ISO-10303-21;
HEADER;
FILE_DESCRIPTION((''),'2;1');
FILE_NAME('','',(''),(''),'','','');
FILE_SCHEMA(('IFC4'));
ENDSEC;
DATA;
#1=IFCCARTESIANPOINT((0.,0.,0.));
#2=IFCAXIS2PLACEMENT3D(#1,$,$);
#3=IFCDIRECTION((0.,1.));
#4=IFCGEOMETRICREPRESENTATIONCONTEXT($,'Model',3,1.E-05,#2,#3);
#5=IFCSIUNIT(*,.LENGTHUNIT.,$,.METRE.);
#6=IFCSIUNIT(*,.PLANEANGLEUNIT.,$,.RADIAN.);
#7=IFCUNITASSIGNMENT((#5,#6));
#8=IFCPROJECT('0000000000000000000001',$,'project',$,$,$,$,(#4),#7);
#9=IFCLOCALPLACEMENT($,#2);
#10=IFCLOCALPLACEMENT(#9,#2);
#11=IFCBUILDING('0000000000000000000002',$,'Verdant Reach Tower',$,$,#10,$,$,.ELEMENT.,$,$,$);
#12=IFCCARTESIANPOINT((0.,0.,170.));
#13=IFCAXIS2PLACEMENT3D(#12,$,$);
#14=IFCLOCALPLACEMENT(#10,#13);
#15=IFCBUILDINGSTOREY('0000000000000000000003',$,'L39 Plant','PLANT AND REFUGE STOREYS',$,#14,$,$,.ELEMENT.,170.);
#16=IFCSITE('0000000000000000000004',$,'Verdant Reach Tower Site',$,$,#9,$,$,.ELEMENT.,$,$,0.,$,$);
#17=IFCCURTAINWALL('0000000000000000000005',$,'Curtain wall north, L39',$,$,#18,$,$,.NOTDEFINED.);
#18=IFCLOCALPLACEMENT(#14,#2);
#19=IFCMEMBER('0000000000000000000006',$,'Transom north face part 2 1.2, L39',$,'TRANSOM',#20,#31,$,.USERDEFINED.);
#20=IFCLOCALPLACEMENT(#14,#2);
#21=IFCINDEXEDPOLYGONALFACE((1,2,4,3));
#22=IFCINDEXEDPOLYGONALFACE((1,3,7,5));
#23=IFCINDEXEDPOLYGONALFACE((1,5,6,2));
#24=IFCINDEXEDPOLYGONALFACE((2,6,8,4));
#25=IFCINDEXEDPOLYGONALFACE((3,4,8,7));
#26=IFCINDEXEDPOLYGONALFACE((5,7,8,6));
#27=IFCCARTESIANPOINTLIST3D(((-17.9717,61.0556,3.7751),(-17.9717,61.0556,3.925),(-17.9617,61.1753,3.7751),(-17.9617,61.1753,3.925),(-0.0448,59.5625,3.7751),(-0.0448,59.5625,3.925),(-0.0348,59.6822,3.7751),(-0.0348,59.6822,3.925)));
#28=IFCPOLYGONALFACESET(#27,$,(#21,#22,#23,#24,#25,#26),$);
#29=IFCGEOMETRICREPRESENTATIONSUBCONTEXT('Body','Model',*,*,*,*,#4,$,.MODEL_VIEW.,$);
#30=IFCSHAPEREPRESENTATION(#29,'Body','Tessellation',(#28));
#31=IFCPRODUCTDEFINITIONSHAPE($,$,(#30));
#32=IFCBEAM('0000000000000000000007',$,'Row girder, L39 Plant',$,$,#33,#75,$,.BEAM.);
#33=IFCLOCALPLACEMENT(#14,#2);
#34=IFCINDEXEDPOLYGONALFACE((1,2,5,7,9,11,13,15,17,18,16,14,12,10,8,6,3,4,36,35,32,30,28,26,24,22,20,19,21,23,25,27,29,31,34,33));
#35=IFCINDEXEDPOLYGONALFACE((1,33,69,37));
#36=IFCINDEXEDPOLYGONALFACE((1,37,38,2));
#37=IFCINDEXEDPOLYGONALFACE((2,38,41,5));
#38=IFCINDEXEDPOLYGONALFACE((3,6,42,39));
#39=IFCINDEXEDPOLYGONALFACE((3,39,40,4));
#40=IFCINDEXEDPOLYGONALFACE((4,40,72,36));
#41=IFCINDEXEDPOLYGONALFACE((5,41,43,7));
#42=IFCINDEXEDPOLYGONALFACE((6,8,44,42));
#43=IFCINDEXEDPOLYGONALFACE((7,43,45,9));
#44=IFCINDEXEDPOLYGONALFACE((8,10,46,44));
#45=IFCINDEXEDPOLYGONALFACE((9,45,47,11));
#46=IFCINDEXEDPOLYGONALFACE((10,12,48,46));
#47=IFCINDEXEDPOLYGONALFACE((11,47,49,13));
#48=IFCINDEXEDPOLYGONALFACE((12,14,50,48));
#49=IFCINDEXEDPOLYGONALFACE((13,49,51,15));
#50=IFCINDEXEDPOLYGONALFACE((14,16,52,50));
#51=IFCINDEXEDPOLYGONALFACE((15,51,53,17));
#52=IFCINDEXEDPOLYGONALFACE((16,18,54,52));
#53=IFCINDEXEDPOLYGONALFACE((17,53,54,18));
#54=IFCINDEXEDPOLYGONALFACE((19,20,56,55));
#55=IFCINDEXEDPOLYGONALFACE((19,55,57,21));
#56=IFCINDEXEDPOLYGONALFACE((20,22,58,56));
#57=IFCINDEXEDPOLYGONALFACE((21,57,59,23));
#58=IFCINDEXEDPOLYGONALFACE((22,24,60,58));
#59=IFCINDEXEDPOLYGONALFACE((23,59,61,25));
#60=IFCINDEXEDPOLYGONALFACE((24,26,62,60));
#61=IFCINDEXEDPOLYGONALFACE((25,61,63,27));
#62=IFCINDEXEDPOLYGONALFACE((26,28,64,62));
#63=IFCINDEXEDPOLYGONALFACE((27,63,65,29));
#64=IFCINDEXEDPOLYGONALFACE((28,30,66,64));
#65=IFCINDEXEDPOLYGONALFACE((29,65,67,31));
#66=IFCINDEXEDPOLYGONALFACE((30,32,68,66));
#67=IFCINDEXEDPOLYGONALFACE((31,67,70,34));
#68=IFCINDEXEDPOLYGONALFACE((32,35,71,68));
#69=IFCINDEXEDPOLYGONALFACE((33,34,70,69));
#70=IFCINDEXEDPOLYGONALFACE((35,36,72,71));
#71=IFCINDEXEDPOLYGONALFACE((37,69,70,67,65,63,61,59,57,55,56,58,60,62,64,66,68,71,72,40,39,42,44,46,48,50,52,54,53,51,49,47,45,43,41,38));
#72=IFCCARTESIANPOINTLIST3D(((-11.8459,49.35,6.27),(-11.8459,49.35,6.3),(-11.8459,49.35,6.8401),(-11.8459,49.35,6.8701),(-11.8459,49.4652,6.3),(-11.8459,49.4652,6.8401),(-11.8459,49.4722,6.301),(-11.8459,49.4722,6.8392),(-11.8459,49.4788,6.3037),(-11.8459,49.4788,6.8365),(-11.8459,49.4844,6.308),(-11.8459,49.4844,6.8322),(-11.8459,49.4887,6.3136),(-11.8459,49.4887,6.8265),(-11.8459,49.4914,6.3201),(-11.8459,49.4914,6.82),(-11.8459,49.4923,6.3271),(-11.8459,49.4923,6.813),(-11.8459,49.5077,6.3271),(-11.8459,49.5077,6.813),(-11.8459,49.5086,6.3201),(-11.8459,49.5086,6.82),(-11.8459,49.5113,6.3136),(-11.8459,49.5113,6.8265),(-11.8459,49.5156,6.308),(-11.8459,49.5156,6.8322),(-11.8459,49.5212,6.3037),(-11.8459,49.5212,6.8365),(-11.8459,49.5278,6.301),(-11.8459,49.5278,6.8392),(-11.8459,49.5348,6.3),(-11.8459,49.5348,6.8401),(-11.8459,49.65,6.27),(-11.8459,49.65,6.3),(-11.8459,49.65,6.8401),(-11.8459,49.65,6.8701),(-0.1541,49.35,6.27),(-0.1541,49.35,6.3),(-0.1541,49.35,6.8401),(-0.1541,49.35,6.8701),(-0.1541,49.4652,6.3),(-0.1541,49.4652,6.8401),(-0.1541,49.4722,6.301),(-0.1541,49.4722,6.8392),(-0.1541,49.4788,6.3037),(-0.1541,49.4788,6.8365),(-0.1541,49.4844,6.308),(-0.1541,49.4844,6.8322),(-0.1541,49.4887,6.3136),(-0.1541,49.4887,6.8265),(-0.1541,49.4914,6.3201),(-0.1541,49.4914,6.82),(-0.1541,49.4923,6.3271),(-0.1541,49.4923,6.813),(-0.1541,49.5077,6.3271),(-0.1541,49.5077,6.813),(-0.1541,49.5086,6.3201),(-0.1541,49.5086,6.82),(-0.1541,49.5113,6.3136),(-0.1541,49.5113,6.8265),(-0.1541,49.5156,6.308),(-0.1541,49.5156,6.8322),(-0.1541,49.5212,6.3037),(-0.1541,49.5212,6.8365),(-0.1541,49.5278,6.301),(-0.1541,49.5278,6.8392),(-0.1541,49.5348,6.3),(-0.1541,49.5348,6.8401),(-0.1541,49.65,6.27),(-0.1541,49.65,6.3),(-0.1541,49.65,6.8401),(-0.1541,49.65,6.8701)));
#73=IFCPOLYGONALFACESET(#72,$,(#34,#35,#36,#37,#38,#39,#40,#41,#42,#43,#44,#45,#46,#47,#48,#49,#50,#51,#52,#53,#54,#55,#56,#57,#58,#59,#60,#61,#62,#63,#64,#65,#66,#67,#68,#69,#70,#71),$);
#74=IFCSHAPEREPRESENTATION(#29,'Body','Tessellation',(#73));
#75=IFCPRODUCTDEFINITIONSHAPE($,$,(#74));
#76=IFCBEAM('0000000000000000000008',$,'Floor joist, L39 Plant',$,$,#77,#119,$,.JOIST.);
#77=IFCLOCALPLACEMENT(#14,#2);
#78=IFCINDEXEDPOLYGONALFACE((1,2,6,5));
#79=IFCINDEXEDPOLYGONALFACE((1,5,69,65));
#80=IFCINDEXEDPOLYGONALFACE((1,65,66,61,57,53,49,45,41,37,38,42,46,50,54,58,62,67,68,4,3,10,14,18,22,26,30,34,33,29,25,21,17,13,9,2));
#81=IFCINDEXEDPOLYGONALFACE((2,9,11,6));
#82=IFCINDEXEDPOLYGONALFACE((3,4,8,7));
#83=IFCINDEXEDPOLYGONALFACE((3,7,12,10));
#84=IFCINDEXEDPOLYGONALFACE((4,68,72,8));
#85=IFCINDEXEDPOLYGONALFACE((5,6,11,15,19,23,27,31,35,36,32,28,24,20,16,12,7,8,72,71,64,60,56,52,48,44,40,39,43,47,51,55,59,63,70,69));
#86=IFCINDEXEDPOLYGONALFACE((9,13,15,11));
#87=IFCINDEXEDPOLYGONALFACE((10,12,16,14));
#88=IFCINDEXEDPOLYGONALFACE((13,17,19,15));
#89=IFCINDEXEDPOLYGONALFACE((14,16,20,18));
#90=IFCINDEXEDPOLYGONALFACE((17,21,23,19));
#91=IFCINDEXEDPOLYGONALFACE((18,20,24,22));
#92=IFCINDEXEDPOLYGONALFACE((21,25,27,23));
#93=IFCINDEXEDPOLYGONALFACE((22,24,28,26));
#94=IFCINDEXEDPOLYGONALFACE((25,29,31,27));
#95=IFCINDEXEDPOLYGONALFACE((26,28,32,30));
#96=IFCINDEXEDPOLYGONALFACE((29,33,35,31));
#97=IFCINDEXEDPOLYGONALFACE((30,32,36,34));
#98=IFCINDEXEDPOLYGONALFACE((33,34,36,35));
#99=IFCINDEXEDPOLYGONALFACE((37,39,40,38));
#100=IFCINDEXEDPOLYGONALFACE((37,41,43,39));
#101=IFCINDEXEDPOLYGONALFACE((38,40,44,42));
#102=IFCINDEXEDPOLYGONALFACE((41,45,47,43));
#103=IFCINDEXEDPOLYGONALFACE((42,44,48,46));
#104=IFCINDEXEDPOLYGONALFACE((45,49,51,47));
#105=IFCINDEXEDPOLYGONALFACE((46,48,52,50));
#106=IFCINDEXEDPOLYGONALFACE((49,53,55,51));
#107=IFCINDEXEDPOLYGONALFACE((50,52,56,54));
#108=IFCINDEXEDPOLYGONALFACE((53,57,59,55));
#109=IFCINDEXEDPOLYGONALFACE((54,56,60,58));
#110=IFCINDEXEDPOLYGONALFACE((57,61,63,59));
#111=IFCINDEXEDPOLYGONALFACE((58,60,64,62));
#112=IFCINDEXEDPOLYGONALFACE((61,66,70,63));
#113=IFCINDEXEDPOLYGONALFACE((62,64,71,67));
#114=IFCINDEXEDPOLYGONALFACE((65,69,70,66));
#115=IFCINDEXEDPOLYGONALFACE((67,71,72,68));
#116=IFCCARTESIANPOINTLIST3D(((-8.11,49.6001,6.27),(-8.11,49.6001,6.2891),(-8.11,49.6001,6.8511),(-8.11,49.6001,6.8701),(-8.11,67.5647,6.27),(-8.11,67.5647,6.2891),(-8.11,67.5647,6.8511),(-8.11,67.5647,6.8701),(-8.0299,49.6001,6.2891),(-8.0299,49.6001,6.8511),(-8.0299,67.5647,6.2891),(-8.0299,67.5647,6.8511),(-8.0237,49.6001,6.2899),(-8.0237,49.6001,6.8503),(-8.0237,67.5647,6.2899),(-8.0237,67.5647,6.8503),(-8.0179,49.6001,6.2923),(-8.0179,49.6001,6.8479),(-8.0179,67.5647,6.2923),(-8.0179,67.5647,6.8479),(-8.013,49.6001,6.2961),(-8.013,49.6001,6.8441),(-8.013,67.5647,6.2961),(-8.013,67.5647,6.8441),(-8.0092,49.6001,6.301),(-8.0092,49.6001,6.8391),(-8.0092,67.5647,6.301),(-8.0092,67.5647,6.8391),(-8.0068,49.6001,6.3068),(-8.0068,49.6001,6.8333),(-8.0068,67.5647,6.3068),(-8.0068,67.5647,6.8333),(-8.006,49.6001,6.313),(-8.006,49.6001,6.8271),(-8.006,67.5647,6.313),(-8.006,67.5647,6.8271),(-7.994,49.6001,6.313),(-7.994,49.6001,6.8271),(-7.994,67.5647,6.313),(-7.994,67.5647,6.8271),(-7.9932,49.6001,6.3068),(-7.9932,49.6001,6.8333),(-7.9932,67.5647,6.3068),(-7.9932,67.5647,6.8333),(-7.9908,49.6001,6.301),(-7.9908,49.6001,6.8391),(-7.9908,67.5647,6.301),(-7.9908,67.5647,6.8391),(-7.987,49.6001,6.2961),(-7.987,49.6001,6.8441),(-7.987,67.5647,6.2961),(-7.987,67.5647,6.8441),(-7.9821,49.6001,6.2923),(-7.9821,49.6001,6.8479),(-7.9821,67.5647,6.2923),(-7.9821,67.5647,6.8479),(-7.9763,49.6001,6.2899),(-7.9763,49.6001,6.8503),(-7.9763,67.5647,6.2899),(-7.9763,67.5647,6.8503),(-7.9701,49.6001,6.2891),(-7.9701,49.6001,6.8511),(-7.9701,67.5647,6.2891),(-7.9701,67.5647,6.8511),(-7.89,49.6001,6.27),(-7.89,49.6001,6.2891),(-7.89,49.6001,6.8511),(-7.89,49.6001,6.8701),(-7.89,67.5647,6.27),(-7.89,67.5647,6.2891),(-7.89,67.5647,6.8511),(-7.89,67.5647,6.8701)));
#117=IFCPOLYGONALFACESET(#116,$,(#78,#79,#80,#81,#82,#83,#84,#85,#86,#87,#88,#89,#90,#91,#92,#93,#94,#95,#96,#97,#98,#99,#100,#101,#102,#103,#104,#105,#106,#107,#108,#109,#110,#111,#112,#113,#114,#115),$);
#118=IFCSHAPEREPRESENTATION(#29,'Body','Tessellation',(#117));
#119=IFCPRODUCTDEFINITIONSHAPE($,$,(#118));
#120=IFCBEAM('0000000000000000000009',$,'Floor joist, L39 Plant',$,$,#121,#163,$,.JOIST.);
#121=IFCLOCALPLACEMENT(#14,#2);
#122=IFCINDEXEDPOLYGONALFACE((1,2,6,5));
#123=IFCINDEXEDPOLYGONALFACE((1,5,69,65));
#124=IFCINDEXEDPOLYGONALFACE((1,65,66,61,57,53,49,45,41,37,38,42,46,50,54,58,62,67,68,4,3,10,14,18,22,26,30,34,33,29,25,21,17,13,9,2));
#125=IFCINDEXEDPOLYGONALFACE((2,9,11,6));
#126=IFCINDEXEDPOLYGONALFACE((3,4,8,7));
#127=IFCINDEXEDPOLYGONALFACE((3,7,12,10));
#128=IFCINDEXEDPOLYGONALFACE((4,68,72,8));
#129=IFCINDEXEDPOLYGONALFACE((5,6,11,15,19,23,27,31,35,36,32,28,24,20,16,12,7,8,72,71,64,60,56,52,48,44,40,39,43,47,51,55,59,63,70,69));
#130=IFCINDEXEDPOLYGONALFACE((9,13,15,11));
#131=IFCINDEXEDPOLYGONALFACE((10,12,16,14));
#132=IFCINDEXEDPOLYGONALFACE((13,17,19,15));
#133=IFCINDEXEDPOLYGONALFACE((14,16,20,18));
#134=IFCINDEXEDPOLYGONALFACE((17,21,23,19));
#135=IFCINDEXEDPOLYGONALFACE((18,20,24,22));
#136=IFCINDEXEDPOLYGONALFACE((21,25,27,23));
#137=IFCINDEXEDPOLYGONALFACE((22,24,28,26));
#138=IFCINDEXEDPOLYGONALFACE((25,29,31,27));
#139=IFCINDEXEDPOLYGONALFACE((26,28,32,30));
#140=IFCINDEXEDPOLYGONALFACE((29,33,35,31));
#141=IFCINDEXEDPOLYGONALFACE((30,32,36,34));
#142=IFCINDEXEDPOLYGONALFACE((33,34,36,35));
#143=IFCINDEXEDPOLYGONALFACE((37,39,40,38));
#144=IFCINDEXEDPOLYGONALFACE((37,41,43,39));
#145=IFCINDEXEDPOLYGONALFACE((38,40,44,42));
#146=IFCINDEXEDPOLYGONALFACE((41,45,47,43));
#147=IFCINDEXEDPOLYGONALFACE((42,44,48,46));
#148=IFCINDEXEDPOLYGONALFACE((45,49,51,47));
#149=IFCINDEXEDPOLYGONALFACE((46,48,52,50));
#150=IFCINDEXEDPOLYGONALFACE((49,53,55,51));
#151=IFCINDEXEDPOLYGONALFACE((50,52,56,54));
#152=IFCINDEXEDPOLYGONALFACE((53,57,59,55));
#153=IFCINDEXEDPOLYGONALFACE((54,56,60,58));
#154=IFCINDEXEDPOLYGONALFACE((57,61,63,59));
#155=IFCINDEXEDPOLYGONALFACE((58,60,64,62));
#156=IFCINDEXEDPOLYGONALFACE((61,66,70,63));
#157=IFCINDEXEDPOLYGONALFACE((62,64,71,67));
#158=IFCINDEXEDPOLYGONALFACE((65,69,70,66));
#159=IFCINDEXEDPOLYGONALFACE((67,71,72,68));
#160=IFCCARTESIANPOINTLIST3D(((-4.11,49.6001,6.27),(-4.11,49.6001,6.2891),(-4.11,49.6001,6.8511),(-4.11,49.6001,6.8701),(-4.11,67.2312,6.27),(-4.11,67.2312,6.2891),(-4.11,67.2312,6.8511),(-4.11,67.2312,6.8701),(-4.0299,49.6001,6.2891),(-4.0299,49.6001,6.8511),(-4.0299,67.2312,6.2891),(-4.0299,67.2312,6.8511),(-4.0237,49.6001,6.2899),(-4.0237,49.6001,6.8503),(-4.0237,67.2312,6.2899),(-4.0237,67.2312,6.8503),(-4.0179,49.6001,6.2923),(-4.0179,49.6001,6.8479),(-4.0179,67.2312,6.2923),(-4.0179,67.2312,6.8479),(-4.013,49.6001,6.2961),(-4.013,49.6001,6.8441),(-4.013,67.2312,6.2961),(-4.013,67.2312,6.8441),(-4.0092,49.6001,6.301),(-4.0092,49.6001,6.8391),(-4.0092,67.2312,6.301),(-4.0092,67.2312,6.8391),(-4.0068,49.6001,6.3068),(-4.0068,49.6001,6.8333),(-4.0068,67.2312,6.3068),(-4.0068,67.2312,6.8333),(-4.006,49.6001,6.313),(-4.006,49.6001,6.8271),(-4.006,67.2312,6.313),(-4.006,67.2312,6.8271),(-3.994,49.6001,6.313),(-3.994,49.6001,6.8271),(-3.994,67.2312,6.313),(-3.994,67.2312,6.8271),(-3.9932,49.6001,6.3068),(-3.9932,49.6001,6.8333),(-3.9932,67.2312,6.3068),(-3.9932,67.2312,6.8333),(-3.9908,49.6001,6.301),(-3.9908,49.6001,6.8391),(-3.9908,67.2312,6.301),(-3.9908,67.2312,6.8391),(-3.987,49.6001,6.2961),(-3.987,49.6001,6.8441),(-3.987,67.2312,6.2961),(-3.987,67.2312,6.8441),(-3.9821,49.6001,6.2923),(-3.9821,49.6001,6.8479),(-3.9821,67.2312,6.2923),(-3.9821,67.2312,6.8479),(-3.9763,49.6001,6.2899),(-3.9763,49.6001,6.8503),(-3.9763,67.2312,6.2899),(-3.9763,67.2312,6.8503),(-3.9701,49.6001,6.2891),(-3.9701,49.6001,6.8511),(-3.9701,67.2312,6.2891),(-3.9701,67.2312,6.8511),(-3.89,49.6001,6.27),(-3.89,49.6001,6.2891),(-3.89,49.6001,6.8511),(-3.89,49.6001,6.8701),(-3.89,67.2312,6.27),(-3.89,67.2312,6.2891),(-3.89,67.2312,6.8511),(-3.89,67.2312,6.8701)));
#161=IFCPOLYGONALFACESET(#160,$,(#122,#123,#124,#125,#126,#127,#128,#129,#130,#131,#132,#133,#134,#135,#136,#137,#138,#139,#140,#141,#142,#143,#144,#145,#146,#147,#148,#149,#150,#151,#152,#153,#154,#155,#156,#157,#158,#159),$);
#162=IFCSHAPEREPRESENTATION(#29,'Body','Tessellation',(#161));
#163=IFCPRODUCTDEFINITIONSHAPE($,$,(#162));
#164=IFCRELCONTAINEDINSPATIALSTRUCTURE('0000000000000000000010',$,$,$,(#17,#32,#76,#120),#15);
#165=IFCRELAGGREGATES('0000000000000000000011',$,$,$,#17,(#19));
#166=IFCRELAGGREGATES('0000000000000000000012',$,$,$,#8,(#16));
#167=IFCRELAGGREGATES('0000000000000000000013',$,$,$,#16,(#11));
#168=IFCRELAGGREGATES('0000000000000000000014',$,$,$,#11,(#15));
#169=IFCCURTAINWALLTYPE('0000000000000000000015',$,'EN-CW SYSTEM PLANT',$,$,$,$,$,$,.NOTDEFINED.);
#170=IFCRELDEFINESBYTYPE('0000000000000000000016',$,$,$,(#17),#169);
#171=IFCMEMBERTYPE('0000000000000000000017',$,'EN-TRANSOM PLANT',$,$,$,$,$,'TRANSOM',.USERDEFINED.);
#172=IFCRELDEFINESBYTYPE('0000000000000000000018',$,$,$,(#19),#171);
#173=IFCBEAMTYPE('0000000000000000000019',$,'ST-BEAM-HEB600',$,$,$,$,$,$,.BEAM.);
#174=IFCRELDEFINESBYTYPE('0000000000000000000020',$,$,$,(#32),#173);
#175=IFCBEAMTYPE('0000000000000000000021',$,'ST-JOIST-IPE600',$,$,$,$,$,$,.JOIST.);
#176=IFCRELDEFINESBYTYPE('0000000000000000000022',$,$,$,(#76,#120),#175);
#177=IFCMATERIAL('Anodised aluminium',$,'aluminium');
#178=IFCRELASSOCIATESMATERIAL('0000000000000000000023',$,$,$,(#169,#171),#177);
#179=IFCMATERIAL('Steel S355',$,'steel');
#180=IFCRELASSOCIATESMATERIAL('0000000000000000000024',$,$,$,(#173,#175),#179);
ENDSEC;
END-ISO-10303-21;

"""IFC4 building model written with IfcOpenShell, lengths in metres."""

from ifc_helpers import new_model, si_unit, direction, frame, origin, origin_2d, place, context, subcontext, project, spatial, rectangle, i_section, extrude, material, material_profile, profile_set, type_object, element, aggregate, save


model = new_model("IFC4")

# Units and contexts
model_context = context("Model", 3, precision=1e-05, world=origin(), true_north=direction((0.0, 1.0)))
body_context = subcontext(model_context, "Body", "Model", "MODEL_VIEW")
ifc_project = project(units=[si_unit("LENGTHUNIT", "METRE"), si_unit("PLANEANGLEUNIT", "RADIAN")], contexts=[model_context])

# Site, building, storey
site_placement = place(None, origin())
site = spatial("IfcSite", under=ifc_project, at=site_placement, Name="Verdant Reach Tower Site", CompositionType="ELEMENT", RefElevation=0.0)
building_placement = place(site_placement, origin())
building = spatial("IfcBuilding", under=site, at=building_placement, Name="Verdant Reach Tower", CompositionType="ELEMENT")
storey_placement = place(building_placement, frame((0.0, 0.0, 170.0)))
storey = spatial("IfcBuildingStorey", under=building, at=storey_placement, Name="L39 Plant", Description="PLANT AND REFUGE STOREYS", CompositionType="ELEMENT", Elevation=170.0)

# Curtain wall, member
ifc_material_1 = material(Name="Anodised aluminium", Category="aluminium")
curtain_wall_type = type_object("IfcCurtainWallType", Name="EN-CW SYSTEM PLANT", PredefinedType="NOTDEFINED", material=ifc_material_1)
curtain_wall_placement = place(storey_placement, origin())
curtain_wall = element("IfcCurtainWall", 1, at=curtain_wall_placement, inside=storey, type_object=curtain_wall_type, Name="Curtain wall north, L39", PredefinedType="NOTDEFINED")
ifc_material_profile_1 = material_profile(ifc_material_1, rectangle(XDim=0.1201, YDim=0.1499, at=origin_2d()), Name="Transom 150x120")
ifc_profile_set_1 = profile_set([ifc_material_profile_1], Name="Anodised aluminium")
member_type_1 = type_object("IfcMemberType", Name="EN-TRANSOM PLANT", ElementType="TRANSOM", PredefinedType="USERDEFINED", material=ifc_profile_set_1)
member_1_placement = place(storey_placement, frame((-0.0398, 59.6223, 3.8501), z_axis=(-0.996549, 0.083004, 0.0), x_axis=(-0.083004, -0.996549, 0.0)))
member_1 = element("IfcMember", 2, at=member_1_placement, type_object=member_type_1, Name="Transom north face part 2 1.2, L39", ObjectType="TRANSOM", PredefinedType="USERDEFINED", context=body_context, shape_type="SweptSolid", body=[
    extrude(rectangle(XDim=0.1201, YDim=0.1499, at=origin_2d()), origin(), (0.0, 0.0, 1.0), 17.989),
])

# Beams
ifc_material_2 = material(Name="Steel S355", Category="steel")
ifc_material_profile_2 = material_profile(ifc_material_2, i_section(OverallWidth=0.3, OverallDepth=0.6001, WebThickness=0.0154, FlangeThickness=0.03, FilletRadius=0.0271, at=origin_2d()), Name="HEB 600")
ifc_profile_set_2 = profile_set([ifc_material_profile_2], Name="Steel S355")
beam_type_1 = type_object("IfcBeamType", Name="ST-BEAM-HEB600", PredefinedType="BEAM", material=ifc_profile_set_2)
beam_1_placement = place(storey_placement, frame((-11.8459, 49.5, 6.5701), z_axis=(1.0, 0.0, 0.0), x_axis=(0.0, 1.0, 0.0)))
element("IfcBeam", 3, at=beam_1_placement, inside=storey, type_object=beam_type_1, Name="Row girder, L39 Plant", PredefinedType="BEAM", context=body_context, shape_type="SweptSolid", body=[
    extrude(i_section(OverallWidth=0.3, OverallDepth=0.6001, WebThickness=0.0154, FlangeThickness=0.03, FilletRadius=0.0271, at=origin_2d()), origin(), (0.0, 0.0, 1.0), 11.6919),
])
ifc_material_profile_3 = material_profile(ifc_material_2, i_section(OverallWidth=0.22, OverallDepth=0.6001, WebThickness=0.012, FlangeThickness=0.019, FilletRadius=0.0239, at=origin_2d()), Name="IPE 600")
ifc_profile_set_3 = profile_set([ifc_material_profile_3], Name="Steel S355")
beam_type_2 = type_object("IfcBeamType", Name="ST-JOIST-IPE600", PredefinedType="JOIST", material=ifc_profile_set_3)
beam_2_placement = place(storey_placement, frame((-8.0, 49.6001, 6.5701), z_axis=(0.0, 1.0, 0.0), x_axis=(-1.0, 0.0, 0.0)))
element("IfcBeam", 4, at=beam_2_placement, inside=storey, type_object=beam_type_2, Name="Floor joist, L39 Plant", PredefinedType="JOIST", context=body_context, shape_type="SweptSolid", body=[
    extrude(i_section(OverallWidth=0.22, OverallDepth=0.6001, WebThickness=0.012, FlangeThickness=0.019, FilletRadius=0.0239, at=origin_2d()), origin(), (0.0, 0.0, 1.0), 17.9646),
])
beam_3_placement = place(storey_placement, frame((-4.0, 49.6001, 6.5701), z_axis=(0.0, 1.0, 0.0), x_axis=(-1.0, 0.0, 0.0)))
element("IfcBeam", 5, at=beam_3_placement, inside=storey, type_object=beam_type_2, Name="Floor joist, L39 Plant", PredefinedType="JOIST", context=body_context, shape_type="SweptSolid", body=[
    extrude(i_section(OverallWidth=0.22, OverallDepth=0.6001, WebThickness=0.012, FlangeThickness=0.019, FilletRadius=0.0239, at=origin_2d()), origin(), (0.0, 0.0, 1.0), 17.6311),
])

aggregate(curtain_wall, [member_1])

save(model, "model.ifc")
